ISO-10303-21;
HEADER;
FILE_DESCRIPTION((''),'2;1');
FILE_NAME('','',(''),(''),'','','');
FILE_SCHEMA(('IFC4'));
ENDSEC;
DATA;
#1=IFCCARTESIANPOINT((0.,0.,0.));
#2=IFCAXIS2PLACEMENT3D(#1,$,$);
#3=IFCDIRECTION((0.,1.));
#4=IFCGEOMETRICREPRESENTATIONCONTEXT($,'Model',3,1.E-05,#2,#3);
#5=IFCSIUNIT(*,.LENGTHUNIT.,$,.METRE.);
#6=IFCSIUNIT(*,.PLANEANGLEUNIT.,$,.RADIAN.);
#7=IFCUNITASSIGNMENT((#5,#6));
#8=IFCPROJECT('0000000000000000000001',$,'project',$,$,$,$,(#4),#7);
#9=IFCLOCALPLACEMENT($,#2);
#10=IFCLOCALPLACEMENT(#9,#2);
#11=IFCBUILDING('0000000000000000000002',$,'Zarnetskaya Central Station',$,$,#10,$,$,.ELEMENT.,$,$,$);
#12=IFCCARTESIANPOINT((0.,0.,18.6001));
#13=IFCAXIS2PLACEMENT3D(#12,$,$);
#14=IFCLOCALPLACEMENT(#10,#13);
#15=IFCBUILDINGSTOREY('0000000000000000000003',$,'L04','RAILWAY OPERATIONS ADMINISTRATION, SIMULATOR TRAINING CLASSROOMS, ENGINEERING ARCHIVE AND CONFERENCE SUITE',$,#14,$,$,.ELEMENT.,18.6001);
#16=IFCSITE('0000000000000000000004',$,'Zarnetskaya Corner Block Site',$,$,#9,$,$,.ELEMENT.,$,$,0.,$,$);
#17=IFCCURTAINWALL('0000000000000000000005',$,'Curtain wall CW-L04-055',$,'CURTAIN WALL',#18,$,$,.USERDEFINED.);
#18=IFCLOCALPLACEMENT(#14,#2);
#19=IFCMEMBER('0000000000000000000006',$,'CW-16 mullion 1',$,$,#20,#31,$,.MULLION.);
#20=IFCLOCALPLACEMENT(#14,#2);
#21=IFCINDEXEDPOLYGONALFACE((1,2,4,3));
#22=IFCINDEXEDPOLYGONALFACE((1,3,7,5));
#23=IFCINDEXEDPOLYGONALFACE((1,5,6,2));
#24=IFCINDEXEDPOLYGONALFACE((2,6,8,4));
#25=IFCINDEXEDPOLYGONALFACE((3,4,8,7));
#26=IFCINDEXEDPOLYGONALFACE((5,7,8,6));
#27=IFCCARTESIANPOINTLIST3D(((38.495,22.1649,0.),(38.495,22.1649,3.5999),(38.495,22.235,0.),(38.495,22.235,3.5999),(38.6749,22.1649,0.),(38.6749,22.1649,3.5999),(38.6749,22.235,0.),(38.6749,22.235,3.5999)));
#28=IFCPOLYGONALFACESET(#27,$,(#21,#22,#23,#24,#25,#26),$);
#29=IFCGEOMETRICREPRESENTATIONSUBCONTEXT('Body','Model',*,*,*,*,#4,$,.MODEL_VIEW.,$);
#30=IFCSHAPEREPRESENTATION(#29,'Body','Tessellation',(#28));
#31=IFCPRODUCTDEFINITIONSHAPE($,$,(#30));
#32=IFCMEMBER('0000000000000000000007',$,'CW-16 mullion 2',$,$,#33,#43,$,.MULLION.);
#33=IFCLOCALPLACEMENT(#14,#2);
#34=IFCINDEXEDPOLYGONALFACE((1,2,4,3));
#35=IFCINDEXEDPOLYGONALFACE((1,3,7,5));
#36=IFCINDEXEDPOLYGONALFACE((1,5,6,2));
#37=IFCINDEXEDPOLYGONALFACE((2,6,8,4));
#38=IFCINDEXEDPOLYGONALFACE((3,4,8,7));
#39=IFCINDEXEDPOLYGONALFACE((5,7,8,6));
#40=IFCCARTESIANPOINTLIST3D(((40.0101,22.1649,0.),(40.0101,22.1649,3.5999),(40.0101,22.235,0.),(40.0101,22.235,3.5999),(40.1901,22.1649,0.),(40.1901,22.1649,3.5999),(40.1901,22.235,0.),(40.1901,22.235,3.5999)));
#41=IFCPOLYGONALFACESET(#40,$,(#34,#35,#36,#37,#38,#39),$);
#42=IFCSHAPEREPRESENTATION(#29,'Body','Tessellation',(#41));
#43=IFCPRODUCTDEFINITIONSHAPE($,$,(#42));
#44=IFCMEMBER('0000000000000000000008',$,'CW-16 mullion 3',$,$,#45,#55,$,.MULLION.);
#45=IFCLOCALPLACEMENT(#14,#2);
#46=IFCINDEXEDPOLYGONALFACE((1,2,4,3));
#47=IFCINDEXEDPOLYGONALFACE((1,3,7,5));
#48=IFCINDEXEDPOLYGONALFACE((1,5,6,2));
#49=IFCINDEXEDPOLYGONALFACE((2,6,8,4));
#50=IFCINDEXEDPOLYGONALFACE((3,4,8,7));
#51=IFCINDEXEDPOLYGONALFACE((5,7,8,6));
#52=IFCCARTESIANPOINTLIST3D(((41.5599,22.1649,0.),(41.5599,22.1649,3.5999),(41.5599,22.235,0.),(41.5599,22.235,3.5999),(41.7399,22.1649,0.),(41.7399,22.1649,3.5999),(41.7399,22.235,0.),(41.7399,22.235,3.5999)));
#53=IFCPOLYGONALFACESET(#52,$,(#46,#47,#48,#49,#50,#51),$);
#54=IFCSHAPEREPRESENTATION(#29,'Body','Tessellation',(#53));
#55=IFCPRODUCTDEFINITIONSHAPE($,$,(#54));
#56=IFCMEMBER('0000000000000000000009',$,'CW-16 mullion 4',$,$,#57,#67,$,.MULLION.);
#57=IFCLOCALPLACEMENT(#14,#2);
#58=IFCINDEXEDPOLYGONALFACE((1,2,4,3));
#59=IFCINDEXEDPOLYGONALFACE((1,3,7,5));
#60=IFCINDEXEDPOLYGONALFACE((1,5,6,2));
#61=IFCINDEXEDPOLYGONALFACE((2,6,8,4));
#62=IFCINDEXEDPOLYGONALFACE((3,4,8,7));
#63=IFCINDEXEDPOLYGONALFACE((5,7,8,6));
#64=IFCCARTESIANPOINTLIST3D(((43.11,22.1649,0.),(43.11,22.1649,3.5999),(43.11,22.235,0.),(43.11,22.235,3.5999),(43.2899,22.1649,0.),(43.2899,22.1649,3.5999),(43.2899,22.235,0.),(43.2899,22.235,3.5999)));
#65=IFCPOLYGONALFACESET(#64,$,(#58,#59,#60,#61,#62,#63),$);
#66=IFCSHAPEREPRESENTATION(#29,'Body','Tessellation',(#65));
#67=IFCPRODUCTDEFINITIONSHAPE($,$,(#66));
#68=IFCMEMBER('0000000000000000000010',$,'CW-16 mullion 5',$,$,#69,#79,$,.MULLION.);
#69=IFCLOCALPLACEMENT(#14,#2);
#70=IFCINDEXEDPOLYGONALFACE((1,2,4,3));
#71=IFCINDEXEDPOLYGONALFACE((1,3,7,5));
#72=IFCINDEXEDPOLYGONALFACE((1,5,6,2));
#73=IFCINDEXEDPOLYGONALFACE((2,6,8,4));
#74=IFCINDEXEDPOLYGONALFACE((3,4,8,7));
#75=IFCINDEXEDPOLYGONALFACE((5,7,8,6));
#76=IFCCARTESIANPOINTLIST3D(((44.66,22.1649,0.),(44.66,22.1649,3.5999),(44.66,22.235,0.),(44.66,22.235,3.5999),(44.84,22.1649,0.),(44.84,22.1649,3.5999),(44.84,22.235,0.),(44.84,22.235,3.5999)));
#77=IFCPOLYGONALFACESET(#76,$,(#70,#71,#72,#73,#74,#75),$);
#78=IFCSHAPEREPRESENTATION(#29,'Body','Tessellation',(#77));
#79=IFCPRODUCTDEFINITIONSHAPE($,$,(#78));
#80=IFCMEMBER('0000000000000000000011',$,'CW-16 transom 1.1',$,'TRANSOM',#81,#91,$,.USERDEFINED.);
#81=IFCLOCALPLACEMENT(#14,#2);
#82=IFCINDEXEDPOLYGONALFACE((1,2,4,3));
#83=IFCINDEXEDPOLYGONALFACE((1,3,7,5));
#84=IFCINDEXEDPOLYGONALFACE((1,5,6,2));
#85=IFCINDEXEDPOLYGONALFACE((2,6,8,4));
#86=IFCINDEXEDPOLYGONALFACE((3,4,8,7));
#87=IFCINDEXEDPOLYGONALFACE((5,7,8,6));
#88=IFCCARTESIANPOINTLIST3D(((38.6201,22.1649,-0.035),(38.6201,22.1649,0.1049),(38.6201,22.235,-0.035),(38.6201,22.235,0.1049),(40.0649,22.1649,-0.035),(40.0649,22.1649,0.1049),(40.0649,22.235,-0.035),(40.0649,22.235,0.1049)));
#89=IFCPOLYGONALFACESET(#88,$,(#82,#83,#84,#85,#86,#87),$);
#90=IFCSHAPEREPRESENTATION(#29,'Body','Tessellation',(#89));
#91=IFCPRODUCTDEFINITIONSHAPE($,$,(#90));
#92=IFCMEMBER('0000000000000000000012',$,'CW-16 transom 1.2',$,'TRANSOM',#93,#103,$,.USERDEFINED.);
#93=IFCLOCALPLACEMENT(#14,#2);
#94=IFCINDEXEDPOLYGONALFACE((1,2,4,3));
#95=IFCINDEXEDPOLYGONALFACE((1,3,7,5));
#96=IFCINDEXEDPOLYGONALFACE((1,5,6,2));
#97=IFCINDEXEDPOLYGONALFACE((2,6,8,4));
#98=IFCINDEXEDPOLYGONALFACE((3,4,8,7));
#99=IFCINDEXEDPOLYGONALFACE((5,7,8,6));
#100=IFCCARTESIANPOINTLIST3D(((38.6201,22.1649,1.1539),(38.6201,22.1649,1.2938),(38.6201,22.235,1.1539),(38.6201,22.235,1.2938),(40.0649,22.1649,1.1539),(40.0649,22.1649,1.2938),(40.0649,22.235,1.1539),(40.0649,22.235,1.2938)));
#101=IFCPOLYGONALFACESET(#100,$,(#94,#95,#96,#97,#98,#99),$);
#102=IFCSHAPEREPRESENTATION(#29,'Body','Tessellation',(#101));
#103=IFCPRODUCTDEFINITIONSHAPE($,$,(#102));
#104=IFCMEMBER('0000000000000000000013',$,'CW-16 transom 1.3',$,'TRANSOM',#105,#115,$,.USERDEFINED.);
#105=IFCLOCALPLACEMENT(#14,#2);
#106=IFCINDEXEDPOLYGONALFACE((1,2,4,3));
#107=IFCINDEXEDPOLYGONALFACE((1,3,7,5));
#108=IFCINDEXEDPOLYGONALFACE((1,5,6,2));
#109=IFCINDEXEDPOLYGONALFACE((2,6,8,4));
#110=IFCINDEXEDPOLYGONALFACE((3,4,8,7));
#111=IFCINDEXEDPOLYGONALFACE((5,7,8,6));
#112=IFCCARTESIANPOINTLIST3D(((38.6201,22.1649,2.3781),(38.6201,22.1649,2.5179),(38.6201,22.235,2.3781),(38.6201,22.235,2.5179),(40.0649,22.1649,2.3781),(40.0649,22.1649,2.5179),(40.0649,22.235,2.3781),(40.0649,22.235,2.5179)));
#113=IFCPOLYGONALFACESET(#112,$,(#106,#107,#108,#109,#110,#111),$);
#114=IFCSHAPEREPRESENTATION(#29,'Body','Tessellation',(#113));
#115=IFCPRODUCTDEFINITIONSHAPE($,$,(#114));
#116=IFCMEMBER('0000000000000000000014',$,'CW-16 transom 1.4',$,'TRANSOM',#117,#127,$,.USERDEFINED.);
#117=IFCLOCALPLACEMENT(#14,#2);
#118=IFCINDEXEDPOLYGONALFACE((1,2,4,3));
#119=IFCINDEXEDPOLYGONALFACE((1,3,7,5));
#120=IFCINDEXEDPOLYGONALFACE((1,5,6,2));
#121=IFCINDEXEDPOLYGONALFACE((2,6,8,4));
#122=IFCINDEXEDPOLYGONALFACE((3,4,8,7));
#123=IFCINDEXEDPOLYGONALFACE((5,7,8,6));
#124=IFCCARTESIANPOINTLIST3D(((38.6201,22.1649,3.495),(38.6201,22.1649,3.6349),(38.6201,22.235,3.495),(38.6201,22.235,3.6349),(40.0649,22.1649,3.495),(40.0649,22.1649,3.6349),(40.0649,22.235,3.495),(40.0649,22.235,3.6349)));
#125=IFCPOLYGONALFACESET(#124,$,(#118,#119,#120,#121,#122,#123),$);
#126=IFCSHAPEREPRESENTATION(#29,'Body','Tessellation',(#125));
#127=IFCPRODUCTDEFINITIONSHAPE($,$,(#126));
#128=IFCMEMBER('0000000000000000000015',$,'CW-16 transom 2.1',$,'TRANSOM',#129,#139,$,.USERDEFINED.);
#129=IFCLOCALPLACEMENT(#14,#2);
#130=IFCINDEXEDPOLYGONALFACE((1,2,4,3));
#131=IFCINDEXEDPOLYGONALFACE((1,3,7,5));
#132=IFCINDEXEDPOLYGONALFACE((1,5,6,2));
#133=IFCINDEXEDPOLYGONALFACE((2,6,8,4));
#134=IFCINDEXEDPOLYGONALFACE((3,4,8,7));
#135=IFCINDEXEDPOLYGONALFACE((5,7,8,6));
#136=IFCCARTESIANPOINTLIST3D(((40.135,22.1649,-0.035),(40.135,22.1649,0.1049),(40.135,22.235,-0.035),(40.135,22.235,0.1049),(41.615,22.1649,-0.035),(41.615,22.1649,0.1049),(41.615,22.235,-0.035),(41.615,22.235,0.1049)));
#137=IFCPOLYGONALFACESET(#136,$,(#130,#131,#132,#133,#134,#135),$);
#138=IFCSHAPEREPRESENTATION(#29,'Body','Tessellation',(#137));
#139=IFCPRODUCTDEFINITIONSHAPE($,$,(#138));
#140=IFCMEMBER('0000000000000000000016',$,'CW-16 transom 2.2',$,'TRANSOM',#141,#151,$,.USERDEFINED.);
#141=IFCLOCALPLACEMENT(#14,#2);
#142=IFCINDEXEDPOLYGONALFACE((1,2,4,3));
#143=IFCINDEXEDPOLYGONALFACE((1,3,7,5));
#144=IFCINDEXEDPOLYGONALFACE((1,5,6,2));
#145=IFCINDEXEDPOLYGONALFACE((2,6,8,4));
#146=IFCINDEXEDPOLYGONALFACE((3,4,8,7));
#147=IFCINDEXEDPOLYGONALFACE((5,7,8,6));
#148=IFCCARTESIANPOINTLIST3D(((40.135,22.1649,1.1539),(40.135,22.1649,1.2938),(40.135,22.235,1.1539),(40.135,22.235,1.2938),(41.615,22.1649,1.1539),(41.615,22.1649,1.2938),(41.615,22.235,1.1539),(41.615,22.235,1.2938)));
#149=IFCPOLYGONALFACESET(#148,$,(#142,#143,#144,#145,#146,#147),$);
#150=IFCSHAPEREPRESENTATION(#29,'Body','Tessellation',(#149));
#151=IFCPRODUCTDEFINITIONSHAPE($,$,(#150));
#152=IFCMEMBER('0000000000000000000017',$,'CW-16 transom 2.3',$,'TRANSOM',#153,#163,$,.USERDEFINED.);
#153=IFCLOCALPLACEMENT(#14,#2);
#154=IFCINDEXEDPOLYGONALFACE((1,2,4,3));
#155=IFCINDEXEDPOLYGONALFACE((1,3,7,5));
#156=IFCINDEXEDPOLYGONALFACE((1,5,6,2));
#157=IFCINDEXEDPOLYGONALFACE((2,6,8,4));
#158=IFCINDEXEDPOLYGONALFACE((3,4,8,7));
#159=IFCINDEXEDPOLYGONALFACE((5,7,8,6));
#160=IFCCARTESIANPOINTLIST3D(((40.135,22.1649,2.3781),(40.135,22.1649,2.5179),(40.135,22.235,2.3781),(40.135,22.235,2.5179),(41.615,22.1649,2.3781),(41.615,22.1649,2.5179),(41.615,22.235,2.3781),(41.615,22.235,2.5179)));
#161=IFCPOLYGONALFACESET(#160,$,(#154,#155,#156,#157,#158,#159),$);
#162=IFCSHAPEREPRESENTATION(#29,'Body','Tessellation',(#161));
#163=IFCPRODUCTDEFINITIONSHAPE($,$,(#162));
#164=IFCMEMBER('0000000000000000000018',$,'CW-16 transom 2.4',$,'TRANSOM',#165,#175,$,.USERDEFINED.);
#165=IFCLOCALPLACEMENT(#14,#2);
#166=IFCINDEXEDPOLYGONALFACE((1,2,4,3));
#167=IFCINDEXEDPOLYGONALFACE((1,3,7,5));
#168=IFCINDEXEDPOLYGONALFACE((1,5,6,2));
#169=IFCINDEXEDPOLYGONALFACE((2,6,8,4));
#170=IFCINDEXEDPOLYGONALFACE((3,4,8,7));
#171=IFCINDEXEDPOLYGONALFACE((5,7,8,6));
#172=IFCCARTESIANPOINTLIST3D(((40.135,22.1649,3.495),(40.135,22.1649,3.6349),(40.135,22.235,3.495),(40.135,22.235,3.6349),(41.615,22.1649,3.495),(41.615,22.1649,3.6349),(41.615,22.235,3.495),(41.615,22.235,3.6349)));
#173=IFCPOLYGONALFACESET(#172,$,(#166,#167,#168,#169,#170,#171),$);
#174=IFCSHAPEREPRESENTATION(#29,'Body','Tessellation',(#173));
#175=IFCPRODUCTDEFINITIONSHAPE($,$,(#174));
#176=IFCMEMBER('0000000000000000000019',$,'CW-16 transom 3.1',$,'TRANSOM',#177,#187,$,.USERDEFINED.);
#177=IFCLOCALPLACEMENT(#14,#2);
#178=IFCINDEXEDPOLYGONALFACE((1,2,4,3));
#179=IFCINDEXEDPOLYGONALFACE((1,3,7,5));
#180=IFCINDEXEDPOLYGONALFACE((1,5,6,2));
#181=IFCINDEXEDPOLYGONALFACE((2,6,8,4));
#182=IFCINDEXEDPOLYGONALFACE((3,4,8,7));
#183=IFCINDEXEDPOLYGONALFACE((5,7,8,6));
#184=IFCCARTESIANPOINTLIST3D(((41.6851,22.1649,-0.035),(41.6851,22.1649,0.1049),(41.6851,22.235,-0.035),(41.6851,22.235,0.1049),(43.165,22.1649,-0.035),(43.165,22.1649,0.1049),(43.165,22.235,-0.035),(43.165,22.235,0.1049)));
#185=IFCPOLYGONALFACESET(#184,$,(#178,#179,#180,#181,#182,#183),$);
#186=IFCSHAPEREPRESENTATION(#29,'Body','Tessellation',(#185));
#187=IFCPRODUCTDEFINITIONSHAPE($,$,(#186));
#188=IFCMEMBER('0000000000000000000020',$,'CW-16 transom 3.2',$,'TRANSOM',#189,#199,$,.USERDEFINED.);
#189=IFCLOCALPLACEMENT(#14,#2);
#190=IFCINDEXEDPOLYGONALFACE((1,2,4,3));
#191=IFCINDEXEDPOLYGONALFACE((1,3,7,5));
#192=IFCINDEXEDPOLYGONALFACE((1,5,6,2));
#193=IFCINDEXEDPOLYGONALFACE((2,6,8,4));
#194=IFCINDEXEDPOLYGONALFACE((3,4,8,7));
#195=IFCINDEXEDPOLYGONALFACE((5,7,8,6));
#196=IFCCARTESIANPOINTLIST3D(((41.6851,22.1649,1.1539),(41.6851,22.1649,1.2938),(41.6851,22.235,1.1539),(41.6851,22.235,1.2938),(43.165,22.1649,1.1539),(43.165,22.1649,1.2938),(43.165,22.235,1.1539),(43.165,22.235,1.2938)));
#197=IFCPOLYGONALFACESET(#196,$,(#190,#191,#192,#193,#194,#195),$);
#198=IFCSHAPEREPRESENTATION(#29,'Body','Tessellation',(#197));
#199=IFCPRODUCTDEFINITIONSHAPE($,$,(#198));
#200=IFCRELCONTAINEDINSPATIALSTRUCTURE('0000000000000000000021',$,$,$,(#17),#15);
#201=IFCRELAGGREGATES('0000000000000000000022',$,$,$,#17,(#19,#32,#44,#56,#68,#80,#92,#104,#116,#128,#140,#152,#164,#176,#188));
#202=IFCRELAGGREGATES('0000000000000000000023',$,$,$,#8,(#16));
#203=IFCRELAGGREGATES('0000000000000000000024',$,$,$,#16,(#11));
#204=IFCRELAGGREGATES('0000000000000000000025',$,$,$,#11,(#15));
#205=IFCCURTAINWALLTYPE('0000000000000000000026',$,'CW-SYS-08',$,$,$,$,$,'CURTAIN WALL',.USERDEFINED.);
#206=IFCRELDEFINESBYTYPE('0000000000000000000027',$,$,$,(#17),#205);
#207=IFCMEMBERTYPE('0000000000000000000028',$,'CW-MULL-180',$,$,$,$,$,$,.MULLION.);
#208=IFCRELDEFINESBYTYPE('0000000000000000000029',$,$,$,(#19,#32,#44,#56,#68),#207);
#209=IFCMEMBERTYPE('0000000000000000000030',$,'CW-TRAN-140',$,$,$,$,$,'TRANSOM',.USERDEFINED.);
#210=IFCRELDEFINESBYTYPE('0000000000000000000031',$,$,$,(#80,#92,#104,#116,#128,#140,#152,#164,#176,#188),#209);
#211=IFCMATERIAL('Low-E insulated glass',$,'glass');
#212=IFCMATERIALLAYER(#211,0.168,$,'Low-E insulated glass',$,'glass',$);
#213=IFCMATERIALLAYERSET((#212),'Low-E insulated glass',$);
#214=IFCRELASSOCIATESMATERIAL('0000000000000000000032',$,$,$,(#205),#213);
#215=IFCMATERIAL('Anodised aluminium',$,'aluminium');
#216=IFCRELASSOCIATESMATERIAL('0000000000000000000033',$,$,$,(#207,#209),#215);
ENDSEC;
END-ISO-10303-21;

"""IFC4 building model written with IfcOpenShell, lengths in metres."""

from ifc_helpers import new_model, si_unit, direction, frame, origin, origin_2d, place, context, subcontext, project, spatial, rectangle, extrude, material, layer, layer_set, material_profile, profile_set, type_object, element, aggregate, save


model = new_model("IFC4")

# Units and contexts
model_context = context("Model", 3, precision=1e-05, world=origin(), true_north=direction((0.0, 1.0)))
body_context = subcontext(model_context, "Body", "Model", "MODEL_VIEW")
ifc_project = project(units=[si_unit("LENGTHUNIT", "METRE"), si_unit("PLANEANGLEUNIT", "RADIAN")], contexts=[model_context])

# Site, building, storey
site_placement = place(None, origin())
site = spatial("IfcSite", under=ifc_project, at=site_placement, Name="Zarnetskaya Corner Block Site", CompositionType="ELEMENT", RefElevation=0.0)
building_placement = place(site_placement, origin())
building = spatial("IfcBuilding", under=site, at=building_placement, Name="Zarnetskaya Central Station", CompositionType="ELEMENT")
storey_placement = place(building_placement, frame((0.0, 0.0, 18.6001)))
storey = spatial("IfcBuildingStorey", under=building, at=storey_placement, Name="L04", Description="RAILWAY OPERATIONS ADMINISTRATION, SIMULATOR TRAINING CLASSROOMS, ENGINEERING ARCHIVE AND CONFERENCE SUITE", CompositionType="ELEMENT", Elevation=18.6001)

# Curtain wall, members
ifc_material_1 = material(Name="Low-E insulated glass", Category="glass")
ifc_layer_1 = layer(ifc_material_1, 0.168, Name="Low-E insulated glass", Category="glass")
ifc_layer_set_1 = layer_set([ifc_layer_1], Name="Low-E insulated glass")
curtain_wall_type = type_object("IfcCurtainWallType", Name="CW-SYS-08", ElementType="CURTAIN WALL", PredefinedType="USERDEFINED", material=ifc_layer_set_1)
curtain_wall_placement = place(storey_placement, origin())
curtain_wall = element("IfcCurtainWall", 1, at=curtain_wall_placement, inside=storey, type_object=curtain_wall_type, Name="Curtain wall CW-L04-055", ObjectType="CURTAIN WALL", PredefinedType="USERDEFINED")
ifc_material_2 = material(Name="Anodised aluminium", Category="aluminium")
ifc_material_profile_1 = material_profile(ifc_material_2, rectangle(XDim=0.0701, YDim=0.1799, at=origin_2d()), Name="ALU MULL 70x180")
ifc_profile_set_1 = profile_set([ifc_material_profile_1], Name="Anodised aluminium")
member_type_1 = type_object("IfcMemberType", Name="CW-MULL-180", PredefinedType="MULLION", material=ifc_profile_set_1)
member_1_placement = place(storey_placement, frame((38.585, 22.2, 0.0), z_axis=(0.0, 0.0, 1.0), x_axis=(0.0, 1.0, 0.0)))
member_1 = element("IfcMember", 2, at=member_1_placement, type_object=member_type_1, Name="CW-16 mullion 1", PredefinedType="MULLION", context=body_context, shape_type="SweptSolid", body=[
    extrude(rectangle(XDim=0.0701, YDim=0.1799, at=origin_2d()), origin(), (0.0, 0.0, 1.0), 3.5999),
])
member_2_placement = place(storey_placement, frame((40.1001, 22.2, 0.0), z_axis=(0.0, 0.0, 1.0), x_axis=(0.0, 1.0, 0.0)))
member_2 = element("IfcMember", 3, at=member_2_placement, type_object=member_type_1, Name="CW-16 mullion 2", PredefinedType="MULLION", context=body_context, shape_type="SweptSolid", body=[
    extrude(rectangle(XDim=0.0701, YDim=0.1799, at=origin_2d()), origin(), (0.0, 0.0, 1.0), 3.5999),
])
member_3_placement = place(storey_placement, frame((41.6499, 22.2, 0.0), z_axis=(0.0, 0.0, 1.0), x_axis=(0.0, 1.0, 0.0)))
member_3 = element("IfcMember", 4, at=member_3_placement, type_object=member_type_1, Name="CW-16 mullion 3", PredefinedType="MULLION", context=body_context, shape_type="SweptSolid", body=[
    extrude(rectangle(XDim=0.0701, YDim=0.1799, at=origin_2d()), origin(), (0.0, 0.0, 1.0), 3.5999),
])
member_4_placement = place(storey_placement, frame((43.2, 22.2, 0.0), z_axis=(0.0, 0.0, 1.0), x_axis=(0.0, 1.0, 0.0)))
member_4 = element("IfcMember", 5, at=member_4_placement, type_object=member_type_1, Name="CW-16 mullion 4", PredefinedType="MULLION", context=body_context, shape_type="SweptSolid", body=[
    extrude(rectangle(XDim=0.0701, YDim=0.1799, at=origin_2d()), origin(), (0.0, 0.0, 1.0), 3.5999),
])
member_5_placement = place(storey_placement, frame((44.75, 22.2, 0.0), z_axis=(0.0, 0.0, 1.0), x_axis=(0.0, 1.0, 0.0)))
member_5 = element("IfcMember", 6, at=member_5_placement, type_object=member_type_1, Name="CW-16 mullion 5", PredefinedType="MULLION", context=body_context, shape_type="SweptSolid", body=[
    extrude(rectangle(XDim=0.0701, YDim=0.1799, at=origin_2d()), origin(), (0.0, 0.0, 1.0), 3.5999),
])
ifc_material_profile_2 = material_profile(ifc_material_2, rectangle(XDim=0.0701, YDim=0.1399, at=origin_2d()), Name="ALU TRAN 70x140")
ifc_profile_set_2 = profile_set([ifc_material_profile_2], Name="Anodised aluminium")
member_type_2 = type_object("IfcMemberType", Name="CW-TRAN-140", ElementType="TRANSOM", PredefinedType="USERDEFINED", material=ifc_profile_set_2)
member_6_placement = place(storey_placement, frame((38.6201, 22.2, 0.0349), z_axis=(1.0, 0.0, 0.0), x_axis=(0.0, 1.0, 0.0)))
member_6 = element("IfcMember", 7, at=member_6_placement, type_object=member_type_2, Name="CW-16 transom 1.1", ObjectType="TRANSOM", PredefinedType="USERDEFINED", context=body_context, shape_type="SweptSolid", body=[
    extrude(rectangle(XDim=0.0701, YDim=0.1399, at=origin_2d()), origin(), (0.0, 0.0, 1.0), 1.4448),
])
member_7_placement = place(storey_placement, frame((38.6201, 22.2, 1.2239), z_axis=(1.0, 0.0, 0.0), x_axis=(0.0, 1.0, 0.0)))
member_7 = element("IfcMember", 8, at=member_7_placement, type_object=member_type_2, Name="CW-16 transom 1.2", ObjectType="TRANSOM", PredefinedType="USERDEFINED", context=body_context, shape_type="SweptSolid", body=[
    extrude(rectangle(XDim=0.0701, YDim=0.1399, at=origin_2d()), origin(), (0.0, 0.0, 1.0), 1.4448),
])
member_8_placement = place(storey_placement, frame((38.6201, 22.2, 2.448), z_axis=(1.0, 0.0, 0.0), x_axis=(0.0, 1.0, 0.0)))
member_8 = element("IfcMember", 9, at=member_8_placement, type_object=member_type_2, Name="CW-16 transom 1.3", ObjectType="TRANSOM", PredefinedType="USERDEFINED", context=body_context, shape_type="SweptSolid", body=[
    extrude(rectangle(XDim=0.0701, YDim=0.1399, at=origin_2d()), origin(), (0.0, 0.0, 1.0), 1.4448),
])
member_9_placement = place(storey_placement, frame((38.6201, 22.2, 3.5649), z_axis=(1.0, 0.0, 0.0), x_axis=(0.0, 1.0, 0.0)))
member_9 = element("IfcMember", 10, at=member_9_placement, type_object=member_type_2, Name="CW-16 transom 1.4", ObjectType="TRANSOM", PredefinedType="USERDEFINED", context=body_context, shape_type="SweptSolid", body=[
    extrude(rectangle(XDim=0.0701, YDim=0.1399, at=origin_2d()), origin(), (0.0, 0.0, 1.0), 1.4448),
])
member_10_placement = place(storey_placement, frame((40.135, 22.2, 0.0349), z_axis=(1.0, 0.0, 0.0), x_axis=(0.0, 1.0, 0.0)))
member_10 = element("IfcMember", 11, at=member_10_placement, type_object=member_type_2, Name="CW-16 transom 2.1", ObjectType="TRANSOM", PredefinedType="USERDEFINED", context=body_context, shape_type="SweptSolid", body=[
    extrude(rectangle(XDim=0.0701, YDim=0.1399, at=origin_2d()), origin(), (0.0, 0.0, 1.0), 1.48),
])
member_11_placement = place(storey_placement, frame((40.135, 22.2, 1.2239), z_axis=(1.0, 0.0, 0.0), x_axis=(0.0, 1.0, 0.0)))
member_11 = element("IfcMember", 12, at=member_11_placement, type_object=member_type_2, Name="CW-16 transom 2.2", ObjectType="TRANSOM", PredefinedType="USERDEFINED", context=body_context, shape_type="SweptSolid", body=[
    extrude(rectangle(XDim=0.0701, YDim=0.1399, at=origin_2d()), origin(), (0.0, 0.0, 1.0), 1.48),
])
member_12_placement = place(storey_placement, frame((40.135, 22.2, 2.448), z_axis=(1.0, 0.0, 0.0), x_axis=(0.0, 1.0, 0.0)))
member_12 = element("IfcMember", 13, at=member_12_placement, type_object=member_type_2, Name="CW-16 transom 2.3", ObjectType="TRANSOM", PredefinedType="USERDEFINED", context=body_context, shape_type="SweptSolid", body=[
    extrude(rectangle(XDim=0.0701, YDim=0.1399, at=origin_2d()), origin(), (0.0, 0.0, 1.0), 1.48),
])
member_13_placement = place(storey_placement, frame((40.135, 22.2, 3.5649), z_axis=(1.0, 0.0, 0.0), x_axis=(0.0, 1.0, 0.0)))
member_13 = element("IfcMember", 14, at=member_13_placement, type_object=member_type_2, Name="CW-16 transom 2.4", ObjectType="TRANSOM", PredefinedType="USERDEFINED", context=body_context, shape_type="SweptSolid", body=[
    extrude(rectangle(XDim=0.0701, YDim=0.1399, at=origin_2d()), origin(), (0.0, 0.0, 1.0), 1.48),
])
member_14_placement = place(storey_placement, frame((41.6851, 22.2, 0.0349), z_axis=(1.0, 0.0, 0.0), x_axis=(0.0, 1.0, 0.0)))
member_14 = element("IfcMember", 15, at=member_14_placement, type_object=member_type_2, Name="CW-16 transom 3.1", ObjectType="TRANSOM", PredefinedType="USERDEFINED", context=body_context, shape_type="SweptSolid", body=[
    extrude(rectangle(XDim=0.0701, YDim=0.1399, at=origin_2d()), origin(), (0.0, 0.0, 1.0), 1.48),
])
member_15_placement = place(storey_placement, frame((41.6851, 22.2, 1.2239), z_axis=(1.0, 0.0, 0.0), x_axis=(0.0, 1.0, 0.0)))
member_15 = element("IfcMember", 16, at=member_15_placement, type_object=member_type_2, Name="CW-16 transom 3.2", ObjectType="TRANSOM", PredefinedType="USERDEFINED", context=body_context, shape_type="SweptSolid", body=[
    extrude(rectangle(XDim=0.0701, YDim=0.1399, at=origin_2d()), origin(), (0.0, 0.0, 1.0), 1.48),
])
aggregate(curtain_wall, [member_1, member_2, member_3, member_4, member_5, member_6, member_7, member_8, member_9, member_10, member_11, member_12, member_13, member_14, member_15])

save(model, "model.ifc")
